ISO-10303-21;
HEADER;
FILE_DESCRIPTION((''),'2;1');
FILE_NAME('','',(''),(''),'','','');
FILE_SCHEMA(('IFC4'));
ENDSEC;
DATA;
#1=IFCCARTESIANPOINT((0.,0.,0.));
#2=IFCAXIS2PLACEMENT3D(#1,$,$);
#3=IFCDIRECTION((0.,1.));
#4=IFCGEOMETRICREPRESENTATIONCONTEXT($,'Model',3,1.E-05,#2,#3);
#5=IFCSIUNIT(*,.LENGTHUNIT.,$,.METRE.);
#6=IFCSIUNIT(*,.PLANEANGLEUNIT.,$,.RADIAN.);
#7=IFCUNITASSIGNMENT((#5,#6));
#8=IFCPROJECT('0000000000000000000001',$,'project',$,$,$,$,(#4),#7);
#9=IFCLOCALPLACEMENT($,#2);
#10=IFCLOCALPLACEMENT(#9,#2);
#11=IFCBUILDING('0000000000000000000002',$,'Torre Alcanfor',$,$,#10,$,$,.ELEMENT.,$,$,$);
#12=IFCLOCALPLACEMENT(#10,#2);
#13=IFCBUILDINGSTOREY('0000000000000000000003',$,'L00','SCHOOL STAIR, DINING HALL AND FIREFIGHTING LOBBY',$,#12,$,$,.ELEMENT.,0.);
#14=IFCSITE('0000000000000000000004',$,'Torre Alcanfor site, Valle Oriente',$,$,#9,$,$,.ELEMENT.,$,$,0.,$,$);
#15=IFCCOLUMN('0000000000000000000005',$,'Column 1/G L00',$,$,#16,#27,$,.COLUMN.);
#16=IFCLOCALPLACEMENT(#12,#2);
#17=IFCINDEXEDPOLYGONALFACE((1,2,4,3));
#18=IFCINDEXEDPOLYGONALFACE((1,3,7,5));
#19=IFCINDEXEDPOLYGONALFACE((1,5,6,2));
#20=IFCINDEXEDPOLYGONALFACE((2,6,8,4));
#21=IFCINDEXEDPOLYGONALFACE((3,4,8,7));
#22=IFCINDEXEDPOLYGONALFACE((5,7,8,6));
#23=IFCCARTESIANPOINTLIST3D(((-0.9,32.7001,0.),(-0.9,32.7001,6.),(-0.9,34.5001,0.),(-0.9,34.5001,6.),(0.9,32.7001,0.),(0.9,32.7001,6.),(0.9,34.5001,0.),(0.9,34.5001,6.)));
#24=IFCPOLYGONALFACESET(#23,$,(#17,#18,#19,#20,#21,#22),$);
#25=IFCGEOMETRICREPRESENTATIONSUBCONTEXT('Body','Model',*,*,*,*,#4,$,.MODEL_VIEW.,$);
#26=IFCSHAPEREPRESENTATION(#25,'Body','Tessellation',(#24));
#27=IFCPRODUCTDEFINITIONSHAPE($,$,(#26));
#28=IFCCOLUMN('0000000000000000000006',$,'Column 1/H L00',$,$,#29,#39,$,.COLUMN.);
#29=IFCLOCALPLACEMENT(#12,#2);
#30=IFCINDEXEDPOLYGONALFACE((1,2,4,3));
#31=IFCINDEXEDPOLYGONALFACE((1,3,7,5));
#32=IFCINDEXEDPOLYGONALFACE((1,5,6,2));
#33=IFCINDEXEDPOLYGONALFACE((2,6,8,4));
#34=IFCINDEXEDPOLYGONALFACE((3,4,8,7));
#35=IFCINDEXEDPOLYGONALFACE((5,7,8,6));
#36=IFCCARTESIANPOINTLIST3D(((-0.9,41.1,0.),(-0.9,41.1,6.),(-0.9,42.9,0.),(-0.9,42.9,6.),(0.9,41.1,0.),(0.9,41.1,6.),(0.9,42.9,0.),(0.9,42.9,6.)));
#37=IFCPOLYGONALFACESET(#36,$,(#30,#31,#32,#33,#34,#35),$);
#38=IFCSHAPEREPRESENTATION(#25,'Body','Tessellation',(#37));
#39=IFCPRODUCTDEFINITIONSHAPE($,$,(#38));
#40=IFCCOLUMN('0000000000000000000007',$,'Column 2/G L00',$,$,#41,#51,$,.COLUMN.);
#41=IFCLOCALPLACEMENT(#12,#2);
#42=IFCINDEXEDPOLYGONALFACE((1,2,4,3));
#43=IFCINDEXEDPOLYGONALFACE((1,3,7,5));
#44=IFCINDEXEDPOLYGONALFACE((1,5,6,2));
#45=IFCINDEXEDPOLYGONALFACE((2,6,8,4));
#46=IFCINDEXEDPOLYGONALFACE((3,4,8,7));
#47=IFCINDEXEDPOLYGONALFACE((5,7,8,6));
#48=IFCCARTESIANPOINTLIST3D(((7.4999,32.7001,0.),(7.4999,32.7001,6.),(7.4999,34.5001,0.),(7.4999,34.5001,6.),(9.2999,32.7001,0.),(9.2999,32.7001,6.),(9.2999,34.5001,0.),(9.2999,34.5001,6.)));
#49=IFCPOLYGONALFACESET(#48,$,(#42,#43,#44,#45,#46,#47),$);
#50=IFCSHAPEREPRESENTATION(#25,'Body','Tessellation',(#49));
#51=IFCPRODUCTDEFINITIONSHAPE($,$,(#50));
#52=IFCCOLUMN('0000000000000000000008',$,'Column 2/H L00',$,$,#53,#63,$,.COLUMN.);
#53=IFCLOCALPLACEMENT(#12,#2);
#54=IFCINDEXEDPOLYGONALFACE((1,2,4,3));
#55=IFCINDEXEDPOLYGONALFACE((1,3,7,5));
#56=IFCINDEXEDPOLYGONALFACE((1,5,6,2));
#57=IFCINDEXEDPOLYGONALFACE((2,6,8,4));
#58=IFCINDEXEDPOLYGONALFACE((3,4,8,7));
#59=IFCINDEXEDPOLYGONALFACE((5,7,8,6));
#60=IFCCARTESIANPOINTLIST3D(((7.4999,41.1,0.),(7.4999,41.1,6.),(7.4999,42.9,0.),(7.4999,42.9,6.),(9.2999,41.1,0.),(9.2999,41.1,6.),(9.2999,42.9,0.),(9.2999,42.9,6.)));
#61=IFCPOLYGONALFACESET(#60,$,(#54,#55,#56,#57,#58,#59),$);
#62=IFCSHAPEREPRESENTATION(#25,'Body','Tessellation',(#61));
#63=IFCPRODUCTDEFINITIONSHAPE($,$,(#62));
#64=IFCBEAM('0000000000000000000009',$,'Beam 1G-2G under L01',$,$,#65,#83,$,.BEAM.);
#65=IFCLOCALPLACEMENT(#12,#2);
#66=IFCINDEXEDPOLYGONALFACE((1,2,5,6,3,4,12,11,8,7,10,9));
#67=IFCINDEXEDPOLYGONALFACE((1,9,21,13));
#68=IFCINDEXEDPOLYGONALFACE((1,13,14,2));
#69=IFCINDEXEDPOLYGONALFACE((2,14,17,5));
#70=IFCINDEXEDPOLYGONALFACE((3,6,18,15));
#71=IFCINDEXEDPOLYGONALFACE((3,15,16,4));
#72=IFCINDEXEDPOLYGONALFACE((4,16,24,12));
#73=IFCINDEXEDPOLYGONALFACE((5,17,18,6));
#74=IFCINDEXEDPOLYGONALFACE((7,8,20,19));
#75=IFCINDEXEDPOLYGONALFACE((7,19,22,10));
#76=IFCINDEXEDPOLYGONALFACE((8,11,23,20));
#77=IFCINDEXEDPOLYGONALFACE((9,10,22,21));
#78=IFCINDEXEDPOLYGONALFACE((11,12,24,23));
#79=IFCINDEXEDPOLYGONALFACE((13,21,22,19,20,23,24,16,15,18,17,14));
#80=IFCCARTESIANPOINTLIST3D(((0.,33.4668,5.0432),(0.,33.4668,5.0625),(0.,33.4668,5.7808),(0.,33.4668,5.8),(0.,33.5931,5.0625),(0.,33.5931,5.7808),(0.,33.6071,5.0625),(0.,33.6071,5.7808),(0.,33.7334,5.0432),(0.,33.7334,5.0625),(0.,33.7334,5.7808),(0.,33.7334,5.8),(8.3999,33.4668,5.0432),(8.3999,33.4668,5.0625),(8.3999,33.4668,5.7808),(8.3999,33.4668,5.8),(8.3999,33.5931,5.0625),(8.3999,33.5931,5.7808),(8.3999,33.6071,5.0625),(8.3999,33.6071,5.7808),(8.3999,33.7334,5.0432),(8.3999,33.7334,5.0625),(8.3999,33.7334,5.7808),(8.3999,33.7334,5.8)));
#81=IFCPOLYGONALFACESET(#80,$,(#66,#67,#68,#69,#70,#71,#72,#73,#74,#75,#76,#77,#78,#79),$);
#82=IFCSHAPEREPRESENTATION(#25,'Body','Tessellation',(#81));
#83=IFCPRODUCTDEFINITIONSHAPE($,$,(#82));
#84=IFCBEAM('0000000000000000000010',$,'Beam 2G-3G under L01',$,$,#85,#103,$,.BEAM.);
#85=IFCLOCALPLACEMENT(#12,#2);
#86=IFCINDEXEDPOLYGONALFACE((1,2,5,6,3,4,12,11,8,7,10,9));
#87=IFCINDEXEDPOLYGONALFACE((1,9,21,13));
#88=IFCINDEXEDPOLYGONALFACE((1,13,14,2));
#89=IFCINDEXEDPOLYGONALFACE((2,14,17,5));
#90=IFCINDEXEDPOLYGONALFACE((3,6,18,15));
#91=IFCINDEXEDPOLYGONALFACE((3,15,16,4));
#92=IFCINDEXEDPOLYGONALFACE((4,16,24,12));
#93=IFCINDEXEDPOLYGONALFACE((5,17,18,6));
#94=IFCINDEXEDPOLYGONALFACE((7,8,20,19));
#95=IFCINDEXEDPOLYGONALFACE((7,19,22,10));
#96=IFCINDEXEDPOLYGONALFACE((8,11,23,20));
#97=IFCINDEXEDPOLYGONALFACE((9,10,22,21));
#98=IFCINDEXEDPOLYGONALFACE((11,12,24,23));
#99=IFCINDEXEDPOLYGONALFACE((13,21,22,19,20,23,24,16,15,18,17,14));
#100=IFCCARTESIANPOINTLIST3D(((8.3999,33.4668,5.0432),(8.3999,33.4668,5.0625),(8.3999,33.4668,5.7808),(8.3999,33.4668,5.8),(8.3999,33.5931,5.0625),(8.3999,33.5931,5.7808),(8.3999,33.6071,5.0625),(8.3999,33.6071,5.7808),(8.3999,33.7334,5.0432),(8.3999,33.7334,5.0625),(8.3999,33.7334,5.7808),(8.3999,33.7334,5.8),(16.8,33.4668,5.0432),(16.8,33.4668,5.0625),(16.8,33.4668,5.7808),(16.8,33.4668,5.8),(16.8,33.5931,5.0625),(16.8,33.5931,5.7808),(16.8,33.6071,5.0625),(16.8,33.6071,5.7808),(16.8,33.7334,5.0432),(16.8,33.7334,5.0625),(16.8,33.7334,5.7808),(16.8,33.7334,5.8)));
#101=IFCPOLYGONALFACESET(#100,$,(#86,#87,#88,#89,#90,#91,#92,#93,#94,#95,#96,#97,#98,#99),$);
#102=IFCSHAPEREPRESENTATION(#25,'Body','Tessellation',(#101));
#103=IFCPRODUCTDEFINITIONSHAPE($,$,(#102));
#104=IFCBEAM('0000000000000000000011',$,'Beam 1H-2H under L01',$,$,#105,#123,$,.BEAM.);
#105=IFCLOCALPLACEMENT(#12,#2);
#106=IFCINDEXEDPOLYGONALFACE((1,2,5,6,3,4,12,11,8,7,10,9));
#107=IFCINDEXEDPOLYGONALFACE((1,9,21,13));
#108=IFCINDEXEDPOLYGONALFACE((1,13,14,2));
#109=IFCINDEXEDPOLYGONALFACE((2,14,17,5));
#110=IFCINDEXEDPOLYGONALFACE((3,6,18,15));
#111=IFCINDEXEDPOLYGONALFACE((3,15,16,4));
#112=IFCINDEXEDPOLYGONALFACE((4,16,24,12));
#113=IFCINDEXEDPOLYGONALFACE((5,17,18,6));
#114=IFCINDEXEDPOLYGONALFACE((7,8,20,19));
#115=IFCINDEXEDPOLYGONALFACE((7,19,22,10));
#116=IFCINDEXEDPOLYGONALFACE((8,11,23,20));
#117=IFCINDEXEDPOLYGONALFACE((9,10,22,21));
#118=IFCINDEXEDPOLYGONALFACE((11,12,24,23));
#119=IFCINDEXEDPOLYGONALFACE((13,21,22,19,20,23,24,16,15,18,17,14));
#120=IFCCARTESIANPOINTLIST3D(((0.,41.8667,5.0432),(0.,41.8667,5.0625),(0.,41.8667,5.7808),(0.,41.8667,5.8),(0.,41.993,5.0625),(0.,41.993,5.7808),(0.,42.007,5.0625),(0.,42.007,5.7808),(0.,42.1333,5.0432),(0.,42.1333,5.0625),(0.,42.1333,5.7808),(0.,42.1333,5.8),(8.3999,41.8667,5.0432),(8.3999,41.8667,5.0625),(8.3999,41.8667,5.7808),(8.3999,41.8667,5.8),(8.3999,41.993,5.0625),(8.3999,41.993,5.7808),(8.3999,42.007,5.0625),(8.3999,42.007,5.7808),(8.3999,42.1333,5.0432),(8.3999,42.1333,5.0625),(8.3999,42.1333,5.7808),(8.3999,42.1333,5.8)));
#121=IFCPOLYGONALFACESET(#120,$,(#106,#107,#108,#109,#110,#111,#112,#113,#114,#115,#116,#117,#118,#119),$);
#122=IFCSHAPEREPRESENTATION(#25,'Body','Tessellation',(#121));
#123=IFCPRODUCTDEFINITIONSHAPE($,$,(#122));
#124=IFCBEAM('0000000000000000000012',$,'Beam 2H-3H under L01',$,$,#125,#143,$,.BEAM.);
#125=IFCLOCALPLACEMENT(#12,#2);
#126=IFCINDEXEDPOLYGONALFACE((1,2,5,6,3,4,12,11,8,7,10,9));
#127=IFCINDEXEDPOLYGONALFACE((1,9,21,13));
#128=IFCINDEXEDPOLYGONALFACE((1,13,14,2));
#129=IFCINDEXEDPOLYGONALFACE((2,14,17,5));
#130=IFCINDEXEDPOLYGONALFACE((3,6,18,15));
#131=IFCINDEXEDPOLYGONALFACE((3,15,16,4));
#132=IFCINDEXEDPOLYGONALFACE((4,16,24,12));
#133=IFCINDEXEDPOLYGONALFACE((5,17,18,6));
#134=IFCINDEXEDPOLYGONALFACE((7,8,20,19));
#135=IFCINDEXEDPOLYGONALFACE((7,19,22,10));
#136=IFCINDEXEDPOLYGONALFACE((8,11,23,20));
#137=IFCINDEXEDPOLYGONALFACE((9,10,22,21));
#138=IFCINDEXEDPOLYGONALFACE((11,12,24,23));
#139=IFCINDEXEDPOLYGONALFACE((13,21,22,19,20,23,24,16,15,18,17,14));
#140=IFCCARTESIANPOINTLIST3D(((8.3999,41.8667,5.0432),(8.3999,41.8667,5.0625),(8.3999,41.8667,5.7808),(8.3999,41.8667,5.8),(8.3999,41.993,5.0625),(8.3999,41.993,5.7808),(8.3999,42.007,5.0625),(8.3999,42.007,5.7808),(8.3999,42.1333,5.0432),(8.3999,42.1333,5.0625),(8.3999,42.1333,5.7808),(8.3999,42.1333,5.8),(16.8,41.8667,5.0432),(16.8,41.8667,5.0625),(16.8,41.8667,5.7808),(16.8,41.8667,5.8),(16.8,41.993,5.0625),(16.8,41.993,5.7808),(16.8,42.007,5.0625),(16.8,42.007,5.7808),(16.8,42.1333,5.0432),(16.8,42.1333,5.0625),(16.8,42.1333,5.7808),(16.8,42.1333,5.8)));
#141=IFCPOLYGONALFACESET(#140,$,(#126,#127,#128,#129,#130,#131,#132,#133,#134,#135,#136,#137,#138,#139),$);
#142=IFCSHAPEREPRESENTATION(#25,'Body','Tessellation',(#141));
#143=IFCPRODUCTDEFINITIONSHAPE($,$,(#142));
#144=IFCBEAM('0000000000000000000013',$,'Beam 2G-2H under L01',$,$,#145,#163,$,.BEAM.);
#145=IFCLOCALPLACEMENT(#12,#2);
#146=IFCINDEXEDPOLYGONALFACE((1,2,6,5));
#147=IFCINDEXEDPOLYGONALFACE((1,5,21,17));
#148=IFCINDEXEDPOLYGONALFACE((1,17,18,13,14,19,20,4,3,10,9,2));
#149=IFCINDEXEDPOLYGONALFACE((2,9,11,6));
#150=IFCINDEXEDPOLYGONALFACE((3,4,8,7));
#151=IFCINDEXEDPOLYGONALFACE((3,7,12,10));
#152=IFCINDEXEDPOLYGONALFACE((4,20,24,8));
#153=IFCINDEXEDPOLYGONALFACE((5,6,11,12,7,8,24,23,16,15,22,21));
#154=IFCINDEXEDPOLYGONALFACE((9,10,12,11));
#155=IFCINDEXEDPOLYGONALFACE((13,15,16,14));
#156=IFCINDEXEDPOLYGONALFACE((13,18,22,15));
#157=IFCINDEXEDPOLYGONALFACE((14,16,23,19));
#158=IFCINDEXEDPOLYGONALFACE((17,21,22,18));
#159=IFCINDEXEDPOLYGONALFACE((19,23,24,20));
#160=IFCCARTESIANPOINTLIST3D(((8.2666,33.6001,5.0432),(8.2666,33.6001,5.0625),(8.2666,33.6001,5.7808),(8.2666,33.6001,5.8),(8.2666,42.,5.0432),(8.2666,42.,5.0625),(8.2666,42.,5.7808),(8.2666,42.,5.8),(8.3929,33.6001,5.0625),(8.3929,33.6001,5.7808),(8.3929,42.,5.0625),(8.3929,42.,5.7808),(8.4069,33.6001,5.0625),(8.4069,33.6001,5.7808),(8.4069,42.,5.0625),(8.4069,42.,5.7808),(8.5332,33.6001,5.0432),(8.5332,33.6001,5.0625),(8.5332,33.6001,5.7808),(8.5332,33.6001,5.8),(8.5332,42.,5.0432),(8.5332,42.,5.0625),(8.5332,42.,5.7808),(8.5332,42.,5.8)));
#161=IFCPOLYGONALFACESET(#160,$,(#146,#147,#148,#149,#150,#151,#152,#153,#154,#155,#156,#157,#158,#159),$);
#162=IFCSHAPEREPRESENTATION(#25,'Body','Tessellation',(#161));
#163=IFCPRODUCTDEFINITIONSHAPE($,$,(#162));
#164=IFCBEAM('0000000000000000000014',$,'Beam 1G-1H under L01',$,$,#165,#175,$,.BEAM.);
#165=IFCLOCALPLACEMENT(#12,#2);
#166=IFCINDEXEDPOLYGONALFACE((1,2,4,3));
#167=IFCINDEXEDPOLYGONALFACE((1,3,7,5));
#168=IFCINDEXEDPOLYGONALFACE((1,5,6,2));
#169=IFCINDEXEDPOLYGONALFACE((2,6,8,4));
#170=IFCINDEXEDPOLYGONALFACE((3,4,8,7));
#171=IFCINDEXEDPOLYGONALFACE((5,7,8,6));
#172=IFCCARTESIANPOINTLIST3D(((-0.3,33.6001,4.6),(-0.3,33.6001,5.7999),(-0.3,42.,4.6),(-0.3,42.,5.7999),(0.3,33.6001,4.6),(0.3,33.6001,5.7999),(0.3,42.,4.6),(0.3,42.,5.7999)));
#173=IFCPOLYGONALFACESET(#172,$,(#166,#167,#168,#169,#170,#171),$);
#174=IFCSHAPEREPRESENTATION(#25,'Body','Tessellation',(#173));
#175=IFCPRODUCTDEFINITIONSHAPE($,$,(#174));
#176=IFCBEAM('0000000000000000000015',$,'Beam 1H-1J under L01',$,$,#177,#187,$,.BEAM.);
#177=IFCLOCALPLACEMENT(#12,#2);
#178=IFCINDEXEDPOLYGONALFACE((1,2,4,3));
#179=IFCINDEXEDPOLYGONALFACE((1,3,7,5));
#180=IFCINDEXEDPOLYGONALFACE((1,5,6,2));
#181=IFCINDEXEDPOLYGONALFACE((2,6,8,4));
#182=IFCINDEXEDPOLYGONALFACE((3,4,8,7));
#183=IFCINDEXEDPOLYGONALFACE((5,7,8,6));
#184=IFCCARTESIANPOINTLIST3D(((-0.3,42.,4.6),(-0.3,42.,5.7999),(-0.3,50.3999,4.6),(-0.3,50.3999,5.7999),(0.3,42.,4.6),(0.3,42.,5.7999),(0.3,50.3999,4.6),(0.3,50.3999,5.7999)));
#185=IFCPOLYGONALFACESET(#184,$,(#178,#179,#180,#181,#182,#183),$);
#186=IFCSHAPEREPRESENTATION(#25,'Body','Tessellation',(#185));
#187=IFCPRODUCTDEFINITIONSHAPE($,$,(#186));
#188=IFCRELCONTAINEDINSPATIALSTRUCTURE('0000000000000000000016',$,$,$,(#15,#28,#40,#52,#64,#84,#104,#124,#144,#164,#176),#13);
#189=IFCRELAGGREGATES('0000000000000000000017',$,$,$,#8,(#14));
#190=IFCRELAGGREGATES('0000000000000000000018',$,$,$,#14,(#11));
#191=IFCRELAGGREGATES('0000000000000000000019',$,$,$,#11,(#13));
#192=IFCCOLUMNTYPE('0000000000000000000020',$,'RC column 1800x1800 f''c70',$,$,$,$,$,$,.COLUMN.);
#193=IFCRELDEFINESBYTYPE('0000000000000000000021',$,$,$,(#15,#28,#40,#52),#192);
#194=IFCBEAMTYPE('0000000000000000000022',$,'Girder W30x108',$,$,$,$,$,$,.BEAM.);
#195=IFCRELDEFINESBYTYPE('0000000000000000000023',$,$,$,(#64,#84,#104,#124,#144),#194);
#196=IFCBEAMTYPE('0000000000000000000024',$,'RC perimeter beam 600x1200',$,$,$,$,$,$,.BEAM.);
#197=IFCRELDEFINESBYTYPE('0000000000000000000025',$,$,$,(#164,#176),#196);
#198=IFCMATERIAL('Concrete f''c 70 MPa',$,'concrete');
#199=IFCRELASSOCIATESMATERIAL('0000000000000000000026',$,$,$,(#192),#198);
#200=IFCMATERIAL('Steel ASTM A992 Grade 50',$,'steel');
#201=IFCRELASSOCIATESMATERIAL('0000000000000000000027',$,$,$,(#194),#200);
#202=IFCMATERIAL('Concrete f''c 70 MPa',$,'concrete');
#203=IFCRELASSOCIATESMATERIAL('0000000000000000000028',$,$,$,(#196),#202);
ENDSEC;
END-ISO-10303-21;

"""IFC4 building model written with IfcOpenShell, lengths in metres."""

from ifc_helpers import new_model, si_unit, direction, frame, origin, origin_2d, place, context, subcontext, project, spatial, rectangle, i_section, extrude, material, material_profile, profile_set, type_object, element, save


model = new_model("IFC4")

# Units and contexts
model_context = context("Model", 3, precision=1e-05, world=origin(), true_north=direction((0.0, 1.0)))
body_context = subcontext(model_context, "Body", "Model", "MODEL_VIEW")
ifc_project = project(units=[si_unit("LENGTHUNIT", "METRE"), si_unit("PLANEANGLEUNIT", "RADIAN")], contexts=[model_context])

# Site, building, storey
site_placement = place(None, origin())
site = spatial("IfcSite", under=ifc_project, at=site_placement, Name="Torre Alcanfor site, Valle Oriente", CompositionType="ELEMENT", RefElevation=0.0)
building_placement = place(site_placement, origin())
building = spatial("IfcBuilding", under=site, at=building_placement, Name="Torre Alcanfor", CompositionType="ELEMENT")
storey_placement = place(building_placement, origin())
storey = spatial("IfcBuildingStorey", under=building, at=storey_placement, Name="L00", Description="SCHOOL STAIR, DINING HALL AND FIREFIGHTING LOBBY", CompositionType="ELEMENT", Elevation=0.0)

# Columns
ifc_material_1 = material(Name="Concrete f'c 70 MPa", Category="concrete")
ifc_material_profile_1 = material_profile(ifc_material_1, rectangle(XDim=1.8, YDim=1.8, at=origin_2d()), Name="1800x1800")
ifc_profile_set_1 = profile_set([ifc_material_profile_1], Name="Concrete f'c 70 MPa")
column_type = type_object("IfcColumnType", Name="RC column 1800x1800 f'c70", PredefinedType="COLUMN", material=ifc_profile_set_1)
for number, where, z_axis, x_axis, name in (
    (1, (0.0, 33.6001, 0.0), (0.0, 0.0, 1.0), (1.0, 0.0, 0.0), "Column 1/G L00"),
    (2, (0.0, 42.0, 0.0), (0.0, 0.0, 1.0), (1.0, 0.0, 0.0), "Column 1/H L00"),
    (3, (8.3999, 33.6001, 0.0), (0.0, 0.0, 1.0), (1.0, 0.0, 0.0), "Column 2/G L00"),
    (4, (8.3999, 42.0, 0.0), (0.0, 0.0, 1.0), (1.0, 0.0, 0.0), "Column 2/H L00"),
):
    element("IfcColumn", number, at=place(storey_placement, frame(where, z_axis=z_axis, x_axis=x_axis)), inside=storey, type_object=column_type, Name=name, PredefinedType="COLUMN", context=body_context, shape_type="SweptSolid", body=[
        extrude(rectangle(XDim=1.8, YDim=1.8, at=origin_2d()), origin(), (0.0, 0.0, 1.0), 6.0),
    ])

# Beams
ifc_material_2 = material(Name="Steel ASTM A992 Grade 50", Category="steel")
ifc_material_profile_2 = material_profile(ifc_material_2, i_section(OverallWidth=0.2666, OverallDepth=0.7568, WebThickness=0.0139, FlangeThickness=0.0193, at=origin_2d()), Name="W30x108")
ifc_profile_set_2 = profile_set([ifc_material_profile_2], Name="Steel ASTM A992 Grade 50")
beam_type_1 = type_object("IfcBeamType", Name="Girder W30x108", PredefinedType="BEAM", material=ifc_profile_set_2)
beam_1_placement = place(storey_placement, frame((0.0, 33.6001, 5.4216), z_axis=(1.0, 0.0, 0.0), x_axis=(0.0, 1.0, 0.0)))
element("IfcBeam", 5, at=beam_1_placement, inside=storey, type_object=beam_type_1, Name="Beam 1G-2G under L01", PredefinedType="BEAM", context=body_context, shape_type="SweptSolid", body=[
    extrude(i_section(OverallWidth=0.2666, OverallDepth=0.7568, WebThickness=0.0139, FlangeThickness=0.0193, at=origin_2d()), origin(), (0.0, 0.0, 1.0), 8.3999),
])
beam_2_placement = place(storey_placement, frame((8.3999, 33.6001, 5.4216), z_axis=(1.0, 0.0, 0.0), x_axis=(0.0, 1.0, 0.0)))
element("IfcBeam", 6, at=beam_2_placement, inside=storey, type_object=beam_type_1, Name="Beam 2G-3G under L01", PredefinedType="BEAM", context=body_context, shape_type="SweptSolid", body=[
    extrude(i_section(OverallWidth=0.2666, OverallDepth=0.7568, WebThickness=0.0139, FlangeThickness=0.0193, at=origin_2d()), origin(), (0.0, 0.0, 1.0), 8.4001),
])
beam_3_placement = place(storey_placement, frame((0.0, 42.0, 5.4216), z_axis=(1.0, 0.0, 0.0), x_axis=(0.0, 1.0, 0.0)))
element("IfcBeam", 7, at=beam_3_placement, inside=storey, type_object=beam_type_1, Name="Beam 1H-2H under L01", PredefinedType="BEAM", context=body_context, shape_type="SweptSolid", body=[
    extrude(i_section(OverallWidth=0.2666, OverallDepth=0.7568, WebThickness=0.0139, FlangeThickness=0.0193, at=origin_2d()), origin(), (0.0, 0.0, 1.0), 8.3999),
])
beam_4_placement = place(storey_placement, frame((8.3999, 42.0, 5.4216), z_axis=(1.0, 0.0, 0.0), x_axis=(0.0, 1.0, 0.0)))
element("IfcBeam", 8, at=beam_4_placement, inside=storey, type_object=beam_type_1, Name="Beam 2H-3H under L01", PredefinedType="BEAM", context=body_context, shape_type="SweptSolid", body=[
    extrude(i_section(OverallWidth=0.2666, OverallDepth=0.7568, WebThickness=0.0139, FlangeThickness=0.0193, at=origin_2d()), origin(), (0.0, 0.0, 1.0), 8.4001),
])
beam_5_placement = place(storey_placement, frame((8.3999, 33.6001, 5.4216), z_axis=(0.0, 1.0, 0.0), x_axis=(-1.0, 0.0, 0.0)))
element("IfcBeam", 9, at=beam_5_placement, inside=storey, type_object=beam_type_1, Name="Beam 2G-2H under L01", PredefinedType="BEAM", context=body_context, shape_type="SweptSolid", body=[
    extrude(i_section(OverallWidth=0.2666, OverallDepth=0.7568, WebThickness=0.0139, FlangeThickness=0.0193, at=origin_2d()), origin(), (0.0, 0.0, 1.0), 8.3999),
])
ifc_material_3 = material(Name="Concrete f'c 70 MPa", Category="concrete")
ifc_material_profile_3 = material_profile(ifc_material_3, rectangle(XDim=0.6001, YDim=1.2, at=origin_2d()), Name="600x1200")
ifc_profile_set_3 = profile_set([ifc_material_profile_3], Name="Concrete f'c 70 MPa")
beam_type_2 = type_object("IfcBeamType", Name="RC perimeter beam 600x1200", PredefinedType="BEAM", material=ifc_profile_set_3)
for number, where, z_axis, x_axis, name in (
    (10, (0.0, 33.6001, 5.2), (0.0, 1.0, 0.0), (-1.0, 0.0, 0.0), "Beam 1G-1H under L01"),
    (11, (0.0, 42.0, 5.2), (0.0, 1.0, 0.0), (-1.0, 0.0, 0.0), "Beam 1H-1J under L01"),
):
    element("IfcBeam", number, at=place(storey_placement, frame(where, z_axis=z_axis, x_axis=x_axis)), inside=storey, type_object=beam_type_2, Name=name, PredefinedType="BEAM", context=body_context, shape_type="SweptSolid", body=[
        extrude(rectangle(XDim=0.6001, YDim=1.2, at=origin_2d()), origin(), (0.0, 0.0, 1.0), 8.3999),
    ])

save(model, "model.ifc")
